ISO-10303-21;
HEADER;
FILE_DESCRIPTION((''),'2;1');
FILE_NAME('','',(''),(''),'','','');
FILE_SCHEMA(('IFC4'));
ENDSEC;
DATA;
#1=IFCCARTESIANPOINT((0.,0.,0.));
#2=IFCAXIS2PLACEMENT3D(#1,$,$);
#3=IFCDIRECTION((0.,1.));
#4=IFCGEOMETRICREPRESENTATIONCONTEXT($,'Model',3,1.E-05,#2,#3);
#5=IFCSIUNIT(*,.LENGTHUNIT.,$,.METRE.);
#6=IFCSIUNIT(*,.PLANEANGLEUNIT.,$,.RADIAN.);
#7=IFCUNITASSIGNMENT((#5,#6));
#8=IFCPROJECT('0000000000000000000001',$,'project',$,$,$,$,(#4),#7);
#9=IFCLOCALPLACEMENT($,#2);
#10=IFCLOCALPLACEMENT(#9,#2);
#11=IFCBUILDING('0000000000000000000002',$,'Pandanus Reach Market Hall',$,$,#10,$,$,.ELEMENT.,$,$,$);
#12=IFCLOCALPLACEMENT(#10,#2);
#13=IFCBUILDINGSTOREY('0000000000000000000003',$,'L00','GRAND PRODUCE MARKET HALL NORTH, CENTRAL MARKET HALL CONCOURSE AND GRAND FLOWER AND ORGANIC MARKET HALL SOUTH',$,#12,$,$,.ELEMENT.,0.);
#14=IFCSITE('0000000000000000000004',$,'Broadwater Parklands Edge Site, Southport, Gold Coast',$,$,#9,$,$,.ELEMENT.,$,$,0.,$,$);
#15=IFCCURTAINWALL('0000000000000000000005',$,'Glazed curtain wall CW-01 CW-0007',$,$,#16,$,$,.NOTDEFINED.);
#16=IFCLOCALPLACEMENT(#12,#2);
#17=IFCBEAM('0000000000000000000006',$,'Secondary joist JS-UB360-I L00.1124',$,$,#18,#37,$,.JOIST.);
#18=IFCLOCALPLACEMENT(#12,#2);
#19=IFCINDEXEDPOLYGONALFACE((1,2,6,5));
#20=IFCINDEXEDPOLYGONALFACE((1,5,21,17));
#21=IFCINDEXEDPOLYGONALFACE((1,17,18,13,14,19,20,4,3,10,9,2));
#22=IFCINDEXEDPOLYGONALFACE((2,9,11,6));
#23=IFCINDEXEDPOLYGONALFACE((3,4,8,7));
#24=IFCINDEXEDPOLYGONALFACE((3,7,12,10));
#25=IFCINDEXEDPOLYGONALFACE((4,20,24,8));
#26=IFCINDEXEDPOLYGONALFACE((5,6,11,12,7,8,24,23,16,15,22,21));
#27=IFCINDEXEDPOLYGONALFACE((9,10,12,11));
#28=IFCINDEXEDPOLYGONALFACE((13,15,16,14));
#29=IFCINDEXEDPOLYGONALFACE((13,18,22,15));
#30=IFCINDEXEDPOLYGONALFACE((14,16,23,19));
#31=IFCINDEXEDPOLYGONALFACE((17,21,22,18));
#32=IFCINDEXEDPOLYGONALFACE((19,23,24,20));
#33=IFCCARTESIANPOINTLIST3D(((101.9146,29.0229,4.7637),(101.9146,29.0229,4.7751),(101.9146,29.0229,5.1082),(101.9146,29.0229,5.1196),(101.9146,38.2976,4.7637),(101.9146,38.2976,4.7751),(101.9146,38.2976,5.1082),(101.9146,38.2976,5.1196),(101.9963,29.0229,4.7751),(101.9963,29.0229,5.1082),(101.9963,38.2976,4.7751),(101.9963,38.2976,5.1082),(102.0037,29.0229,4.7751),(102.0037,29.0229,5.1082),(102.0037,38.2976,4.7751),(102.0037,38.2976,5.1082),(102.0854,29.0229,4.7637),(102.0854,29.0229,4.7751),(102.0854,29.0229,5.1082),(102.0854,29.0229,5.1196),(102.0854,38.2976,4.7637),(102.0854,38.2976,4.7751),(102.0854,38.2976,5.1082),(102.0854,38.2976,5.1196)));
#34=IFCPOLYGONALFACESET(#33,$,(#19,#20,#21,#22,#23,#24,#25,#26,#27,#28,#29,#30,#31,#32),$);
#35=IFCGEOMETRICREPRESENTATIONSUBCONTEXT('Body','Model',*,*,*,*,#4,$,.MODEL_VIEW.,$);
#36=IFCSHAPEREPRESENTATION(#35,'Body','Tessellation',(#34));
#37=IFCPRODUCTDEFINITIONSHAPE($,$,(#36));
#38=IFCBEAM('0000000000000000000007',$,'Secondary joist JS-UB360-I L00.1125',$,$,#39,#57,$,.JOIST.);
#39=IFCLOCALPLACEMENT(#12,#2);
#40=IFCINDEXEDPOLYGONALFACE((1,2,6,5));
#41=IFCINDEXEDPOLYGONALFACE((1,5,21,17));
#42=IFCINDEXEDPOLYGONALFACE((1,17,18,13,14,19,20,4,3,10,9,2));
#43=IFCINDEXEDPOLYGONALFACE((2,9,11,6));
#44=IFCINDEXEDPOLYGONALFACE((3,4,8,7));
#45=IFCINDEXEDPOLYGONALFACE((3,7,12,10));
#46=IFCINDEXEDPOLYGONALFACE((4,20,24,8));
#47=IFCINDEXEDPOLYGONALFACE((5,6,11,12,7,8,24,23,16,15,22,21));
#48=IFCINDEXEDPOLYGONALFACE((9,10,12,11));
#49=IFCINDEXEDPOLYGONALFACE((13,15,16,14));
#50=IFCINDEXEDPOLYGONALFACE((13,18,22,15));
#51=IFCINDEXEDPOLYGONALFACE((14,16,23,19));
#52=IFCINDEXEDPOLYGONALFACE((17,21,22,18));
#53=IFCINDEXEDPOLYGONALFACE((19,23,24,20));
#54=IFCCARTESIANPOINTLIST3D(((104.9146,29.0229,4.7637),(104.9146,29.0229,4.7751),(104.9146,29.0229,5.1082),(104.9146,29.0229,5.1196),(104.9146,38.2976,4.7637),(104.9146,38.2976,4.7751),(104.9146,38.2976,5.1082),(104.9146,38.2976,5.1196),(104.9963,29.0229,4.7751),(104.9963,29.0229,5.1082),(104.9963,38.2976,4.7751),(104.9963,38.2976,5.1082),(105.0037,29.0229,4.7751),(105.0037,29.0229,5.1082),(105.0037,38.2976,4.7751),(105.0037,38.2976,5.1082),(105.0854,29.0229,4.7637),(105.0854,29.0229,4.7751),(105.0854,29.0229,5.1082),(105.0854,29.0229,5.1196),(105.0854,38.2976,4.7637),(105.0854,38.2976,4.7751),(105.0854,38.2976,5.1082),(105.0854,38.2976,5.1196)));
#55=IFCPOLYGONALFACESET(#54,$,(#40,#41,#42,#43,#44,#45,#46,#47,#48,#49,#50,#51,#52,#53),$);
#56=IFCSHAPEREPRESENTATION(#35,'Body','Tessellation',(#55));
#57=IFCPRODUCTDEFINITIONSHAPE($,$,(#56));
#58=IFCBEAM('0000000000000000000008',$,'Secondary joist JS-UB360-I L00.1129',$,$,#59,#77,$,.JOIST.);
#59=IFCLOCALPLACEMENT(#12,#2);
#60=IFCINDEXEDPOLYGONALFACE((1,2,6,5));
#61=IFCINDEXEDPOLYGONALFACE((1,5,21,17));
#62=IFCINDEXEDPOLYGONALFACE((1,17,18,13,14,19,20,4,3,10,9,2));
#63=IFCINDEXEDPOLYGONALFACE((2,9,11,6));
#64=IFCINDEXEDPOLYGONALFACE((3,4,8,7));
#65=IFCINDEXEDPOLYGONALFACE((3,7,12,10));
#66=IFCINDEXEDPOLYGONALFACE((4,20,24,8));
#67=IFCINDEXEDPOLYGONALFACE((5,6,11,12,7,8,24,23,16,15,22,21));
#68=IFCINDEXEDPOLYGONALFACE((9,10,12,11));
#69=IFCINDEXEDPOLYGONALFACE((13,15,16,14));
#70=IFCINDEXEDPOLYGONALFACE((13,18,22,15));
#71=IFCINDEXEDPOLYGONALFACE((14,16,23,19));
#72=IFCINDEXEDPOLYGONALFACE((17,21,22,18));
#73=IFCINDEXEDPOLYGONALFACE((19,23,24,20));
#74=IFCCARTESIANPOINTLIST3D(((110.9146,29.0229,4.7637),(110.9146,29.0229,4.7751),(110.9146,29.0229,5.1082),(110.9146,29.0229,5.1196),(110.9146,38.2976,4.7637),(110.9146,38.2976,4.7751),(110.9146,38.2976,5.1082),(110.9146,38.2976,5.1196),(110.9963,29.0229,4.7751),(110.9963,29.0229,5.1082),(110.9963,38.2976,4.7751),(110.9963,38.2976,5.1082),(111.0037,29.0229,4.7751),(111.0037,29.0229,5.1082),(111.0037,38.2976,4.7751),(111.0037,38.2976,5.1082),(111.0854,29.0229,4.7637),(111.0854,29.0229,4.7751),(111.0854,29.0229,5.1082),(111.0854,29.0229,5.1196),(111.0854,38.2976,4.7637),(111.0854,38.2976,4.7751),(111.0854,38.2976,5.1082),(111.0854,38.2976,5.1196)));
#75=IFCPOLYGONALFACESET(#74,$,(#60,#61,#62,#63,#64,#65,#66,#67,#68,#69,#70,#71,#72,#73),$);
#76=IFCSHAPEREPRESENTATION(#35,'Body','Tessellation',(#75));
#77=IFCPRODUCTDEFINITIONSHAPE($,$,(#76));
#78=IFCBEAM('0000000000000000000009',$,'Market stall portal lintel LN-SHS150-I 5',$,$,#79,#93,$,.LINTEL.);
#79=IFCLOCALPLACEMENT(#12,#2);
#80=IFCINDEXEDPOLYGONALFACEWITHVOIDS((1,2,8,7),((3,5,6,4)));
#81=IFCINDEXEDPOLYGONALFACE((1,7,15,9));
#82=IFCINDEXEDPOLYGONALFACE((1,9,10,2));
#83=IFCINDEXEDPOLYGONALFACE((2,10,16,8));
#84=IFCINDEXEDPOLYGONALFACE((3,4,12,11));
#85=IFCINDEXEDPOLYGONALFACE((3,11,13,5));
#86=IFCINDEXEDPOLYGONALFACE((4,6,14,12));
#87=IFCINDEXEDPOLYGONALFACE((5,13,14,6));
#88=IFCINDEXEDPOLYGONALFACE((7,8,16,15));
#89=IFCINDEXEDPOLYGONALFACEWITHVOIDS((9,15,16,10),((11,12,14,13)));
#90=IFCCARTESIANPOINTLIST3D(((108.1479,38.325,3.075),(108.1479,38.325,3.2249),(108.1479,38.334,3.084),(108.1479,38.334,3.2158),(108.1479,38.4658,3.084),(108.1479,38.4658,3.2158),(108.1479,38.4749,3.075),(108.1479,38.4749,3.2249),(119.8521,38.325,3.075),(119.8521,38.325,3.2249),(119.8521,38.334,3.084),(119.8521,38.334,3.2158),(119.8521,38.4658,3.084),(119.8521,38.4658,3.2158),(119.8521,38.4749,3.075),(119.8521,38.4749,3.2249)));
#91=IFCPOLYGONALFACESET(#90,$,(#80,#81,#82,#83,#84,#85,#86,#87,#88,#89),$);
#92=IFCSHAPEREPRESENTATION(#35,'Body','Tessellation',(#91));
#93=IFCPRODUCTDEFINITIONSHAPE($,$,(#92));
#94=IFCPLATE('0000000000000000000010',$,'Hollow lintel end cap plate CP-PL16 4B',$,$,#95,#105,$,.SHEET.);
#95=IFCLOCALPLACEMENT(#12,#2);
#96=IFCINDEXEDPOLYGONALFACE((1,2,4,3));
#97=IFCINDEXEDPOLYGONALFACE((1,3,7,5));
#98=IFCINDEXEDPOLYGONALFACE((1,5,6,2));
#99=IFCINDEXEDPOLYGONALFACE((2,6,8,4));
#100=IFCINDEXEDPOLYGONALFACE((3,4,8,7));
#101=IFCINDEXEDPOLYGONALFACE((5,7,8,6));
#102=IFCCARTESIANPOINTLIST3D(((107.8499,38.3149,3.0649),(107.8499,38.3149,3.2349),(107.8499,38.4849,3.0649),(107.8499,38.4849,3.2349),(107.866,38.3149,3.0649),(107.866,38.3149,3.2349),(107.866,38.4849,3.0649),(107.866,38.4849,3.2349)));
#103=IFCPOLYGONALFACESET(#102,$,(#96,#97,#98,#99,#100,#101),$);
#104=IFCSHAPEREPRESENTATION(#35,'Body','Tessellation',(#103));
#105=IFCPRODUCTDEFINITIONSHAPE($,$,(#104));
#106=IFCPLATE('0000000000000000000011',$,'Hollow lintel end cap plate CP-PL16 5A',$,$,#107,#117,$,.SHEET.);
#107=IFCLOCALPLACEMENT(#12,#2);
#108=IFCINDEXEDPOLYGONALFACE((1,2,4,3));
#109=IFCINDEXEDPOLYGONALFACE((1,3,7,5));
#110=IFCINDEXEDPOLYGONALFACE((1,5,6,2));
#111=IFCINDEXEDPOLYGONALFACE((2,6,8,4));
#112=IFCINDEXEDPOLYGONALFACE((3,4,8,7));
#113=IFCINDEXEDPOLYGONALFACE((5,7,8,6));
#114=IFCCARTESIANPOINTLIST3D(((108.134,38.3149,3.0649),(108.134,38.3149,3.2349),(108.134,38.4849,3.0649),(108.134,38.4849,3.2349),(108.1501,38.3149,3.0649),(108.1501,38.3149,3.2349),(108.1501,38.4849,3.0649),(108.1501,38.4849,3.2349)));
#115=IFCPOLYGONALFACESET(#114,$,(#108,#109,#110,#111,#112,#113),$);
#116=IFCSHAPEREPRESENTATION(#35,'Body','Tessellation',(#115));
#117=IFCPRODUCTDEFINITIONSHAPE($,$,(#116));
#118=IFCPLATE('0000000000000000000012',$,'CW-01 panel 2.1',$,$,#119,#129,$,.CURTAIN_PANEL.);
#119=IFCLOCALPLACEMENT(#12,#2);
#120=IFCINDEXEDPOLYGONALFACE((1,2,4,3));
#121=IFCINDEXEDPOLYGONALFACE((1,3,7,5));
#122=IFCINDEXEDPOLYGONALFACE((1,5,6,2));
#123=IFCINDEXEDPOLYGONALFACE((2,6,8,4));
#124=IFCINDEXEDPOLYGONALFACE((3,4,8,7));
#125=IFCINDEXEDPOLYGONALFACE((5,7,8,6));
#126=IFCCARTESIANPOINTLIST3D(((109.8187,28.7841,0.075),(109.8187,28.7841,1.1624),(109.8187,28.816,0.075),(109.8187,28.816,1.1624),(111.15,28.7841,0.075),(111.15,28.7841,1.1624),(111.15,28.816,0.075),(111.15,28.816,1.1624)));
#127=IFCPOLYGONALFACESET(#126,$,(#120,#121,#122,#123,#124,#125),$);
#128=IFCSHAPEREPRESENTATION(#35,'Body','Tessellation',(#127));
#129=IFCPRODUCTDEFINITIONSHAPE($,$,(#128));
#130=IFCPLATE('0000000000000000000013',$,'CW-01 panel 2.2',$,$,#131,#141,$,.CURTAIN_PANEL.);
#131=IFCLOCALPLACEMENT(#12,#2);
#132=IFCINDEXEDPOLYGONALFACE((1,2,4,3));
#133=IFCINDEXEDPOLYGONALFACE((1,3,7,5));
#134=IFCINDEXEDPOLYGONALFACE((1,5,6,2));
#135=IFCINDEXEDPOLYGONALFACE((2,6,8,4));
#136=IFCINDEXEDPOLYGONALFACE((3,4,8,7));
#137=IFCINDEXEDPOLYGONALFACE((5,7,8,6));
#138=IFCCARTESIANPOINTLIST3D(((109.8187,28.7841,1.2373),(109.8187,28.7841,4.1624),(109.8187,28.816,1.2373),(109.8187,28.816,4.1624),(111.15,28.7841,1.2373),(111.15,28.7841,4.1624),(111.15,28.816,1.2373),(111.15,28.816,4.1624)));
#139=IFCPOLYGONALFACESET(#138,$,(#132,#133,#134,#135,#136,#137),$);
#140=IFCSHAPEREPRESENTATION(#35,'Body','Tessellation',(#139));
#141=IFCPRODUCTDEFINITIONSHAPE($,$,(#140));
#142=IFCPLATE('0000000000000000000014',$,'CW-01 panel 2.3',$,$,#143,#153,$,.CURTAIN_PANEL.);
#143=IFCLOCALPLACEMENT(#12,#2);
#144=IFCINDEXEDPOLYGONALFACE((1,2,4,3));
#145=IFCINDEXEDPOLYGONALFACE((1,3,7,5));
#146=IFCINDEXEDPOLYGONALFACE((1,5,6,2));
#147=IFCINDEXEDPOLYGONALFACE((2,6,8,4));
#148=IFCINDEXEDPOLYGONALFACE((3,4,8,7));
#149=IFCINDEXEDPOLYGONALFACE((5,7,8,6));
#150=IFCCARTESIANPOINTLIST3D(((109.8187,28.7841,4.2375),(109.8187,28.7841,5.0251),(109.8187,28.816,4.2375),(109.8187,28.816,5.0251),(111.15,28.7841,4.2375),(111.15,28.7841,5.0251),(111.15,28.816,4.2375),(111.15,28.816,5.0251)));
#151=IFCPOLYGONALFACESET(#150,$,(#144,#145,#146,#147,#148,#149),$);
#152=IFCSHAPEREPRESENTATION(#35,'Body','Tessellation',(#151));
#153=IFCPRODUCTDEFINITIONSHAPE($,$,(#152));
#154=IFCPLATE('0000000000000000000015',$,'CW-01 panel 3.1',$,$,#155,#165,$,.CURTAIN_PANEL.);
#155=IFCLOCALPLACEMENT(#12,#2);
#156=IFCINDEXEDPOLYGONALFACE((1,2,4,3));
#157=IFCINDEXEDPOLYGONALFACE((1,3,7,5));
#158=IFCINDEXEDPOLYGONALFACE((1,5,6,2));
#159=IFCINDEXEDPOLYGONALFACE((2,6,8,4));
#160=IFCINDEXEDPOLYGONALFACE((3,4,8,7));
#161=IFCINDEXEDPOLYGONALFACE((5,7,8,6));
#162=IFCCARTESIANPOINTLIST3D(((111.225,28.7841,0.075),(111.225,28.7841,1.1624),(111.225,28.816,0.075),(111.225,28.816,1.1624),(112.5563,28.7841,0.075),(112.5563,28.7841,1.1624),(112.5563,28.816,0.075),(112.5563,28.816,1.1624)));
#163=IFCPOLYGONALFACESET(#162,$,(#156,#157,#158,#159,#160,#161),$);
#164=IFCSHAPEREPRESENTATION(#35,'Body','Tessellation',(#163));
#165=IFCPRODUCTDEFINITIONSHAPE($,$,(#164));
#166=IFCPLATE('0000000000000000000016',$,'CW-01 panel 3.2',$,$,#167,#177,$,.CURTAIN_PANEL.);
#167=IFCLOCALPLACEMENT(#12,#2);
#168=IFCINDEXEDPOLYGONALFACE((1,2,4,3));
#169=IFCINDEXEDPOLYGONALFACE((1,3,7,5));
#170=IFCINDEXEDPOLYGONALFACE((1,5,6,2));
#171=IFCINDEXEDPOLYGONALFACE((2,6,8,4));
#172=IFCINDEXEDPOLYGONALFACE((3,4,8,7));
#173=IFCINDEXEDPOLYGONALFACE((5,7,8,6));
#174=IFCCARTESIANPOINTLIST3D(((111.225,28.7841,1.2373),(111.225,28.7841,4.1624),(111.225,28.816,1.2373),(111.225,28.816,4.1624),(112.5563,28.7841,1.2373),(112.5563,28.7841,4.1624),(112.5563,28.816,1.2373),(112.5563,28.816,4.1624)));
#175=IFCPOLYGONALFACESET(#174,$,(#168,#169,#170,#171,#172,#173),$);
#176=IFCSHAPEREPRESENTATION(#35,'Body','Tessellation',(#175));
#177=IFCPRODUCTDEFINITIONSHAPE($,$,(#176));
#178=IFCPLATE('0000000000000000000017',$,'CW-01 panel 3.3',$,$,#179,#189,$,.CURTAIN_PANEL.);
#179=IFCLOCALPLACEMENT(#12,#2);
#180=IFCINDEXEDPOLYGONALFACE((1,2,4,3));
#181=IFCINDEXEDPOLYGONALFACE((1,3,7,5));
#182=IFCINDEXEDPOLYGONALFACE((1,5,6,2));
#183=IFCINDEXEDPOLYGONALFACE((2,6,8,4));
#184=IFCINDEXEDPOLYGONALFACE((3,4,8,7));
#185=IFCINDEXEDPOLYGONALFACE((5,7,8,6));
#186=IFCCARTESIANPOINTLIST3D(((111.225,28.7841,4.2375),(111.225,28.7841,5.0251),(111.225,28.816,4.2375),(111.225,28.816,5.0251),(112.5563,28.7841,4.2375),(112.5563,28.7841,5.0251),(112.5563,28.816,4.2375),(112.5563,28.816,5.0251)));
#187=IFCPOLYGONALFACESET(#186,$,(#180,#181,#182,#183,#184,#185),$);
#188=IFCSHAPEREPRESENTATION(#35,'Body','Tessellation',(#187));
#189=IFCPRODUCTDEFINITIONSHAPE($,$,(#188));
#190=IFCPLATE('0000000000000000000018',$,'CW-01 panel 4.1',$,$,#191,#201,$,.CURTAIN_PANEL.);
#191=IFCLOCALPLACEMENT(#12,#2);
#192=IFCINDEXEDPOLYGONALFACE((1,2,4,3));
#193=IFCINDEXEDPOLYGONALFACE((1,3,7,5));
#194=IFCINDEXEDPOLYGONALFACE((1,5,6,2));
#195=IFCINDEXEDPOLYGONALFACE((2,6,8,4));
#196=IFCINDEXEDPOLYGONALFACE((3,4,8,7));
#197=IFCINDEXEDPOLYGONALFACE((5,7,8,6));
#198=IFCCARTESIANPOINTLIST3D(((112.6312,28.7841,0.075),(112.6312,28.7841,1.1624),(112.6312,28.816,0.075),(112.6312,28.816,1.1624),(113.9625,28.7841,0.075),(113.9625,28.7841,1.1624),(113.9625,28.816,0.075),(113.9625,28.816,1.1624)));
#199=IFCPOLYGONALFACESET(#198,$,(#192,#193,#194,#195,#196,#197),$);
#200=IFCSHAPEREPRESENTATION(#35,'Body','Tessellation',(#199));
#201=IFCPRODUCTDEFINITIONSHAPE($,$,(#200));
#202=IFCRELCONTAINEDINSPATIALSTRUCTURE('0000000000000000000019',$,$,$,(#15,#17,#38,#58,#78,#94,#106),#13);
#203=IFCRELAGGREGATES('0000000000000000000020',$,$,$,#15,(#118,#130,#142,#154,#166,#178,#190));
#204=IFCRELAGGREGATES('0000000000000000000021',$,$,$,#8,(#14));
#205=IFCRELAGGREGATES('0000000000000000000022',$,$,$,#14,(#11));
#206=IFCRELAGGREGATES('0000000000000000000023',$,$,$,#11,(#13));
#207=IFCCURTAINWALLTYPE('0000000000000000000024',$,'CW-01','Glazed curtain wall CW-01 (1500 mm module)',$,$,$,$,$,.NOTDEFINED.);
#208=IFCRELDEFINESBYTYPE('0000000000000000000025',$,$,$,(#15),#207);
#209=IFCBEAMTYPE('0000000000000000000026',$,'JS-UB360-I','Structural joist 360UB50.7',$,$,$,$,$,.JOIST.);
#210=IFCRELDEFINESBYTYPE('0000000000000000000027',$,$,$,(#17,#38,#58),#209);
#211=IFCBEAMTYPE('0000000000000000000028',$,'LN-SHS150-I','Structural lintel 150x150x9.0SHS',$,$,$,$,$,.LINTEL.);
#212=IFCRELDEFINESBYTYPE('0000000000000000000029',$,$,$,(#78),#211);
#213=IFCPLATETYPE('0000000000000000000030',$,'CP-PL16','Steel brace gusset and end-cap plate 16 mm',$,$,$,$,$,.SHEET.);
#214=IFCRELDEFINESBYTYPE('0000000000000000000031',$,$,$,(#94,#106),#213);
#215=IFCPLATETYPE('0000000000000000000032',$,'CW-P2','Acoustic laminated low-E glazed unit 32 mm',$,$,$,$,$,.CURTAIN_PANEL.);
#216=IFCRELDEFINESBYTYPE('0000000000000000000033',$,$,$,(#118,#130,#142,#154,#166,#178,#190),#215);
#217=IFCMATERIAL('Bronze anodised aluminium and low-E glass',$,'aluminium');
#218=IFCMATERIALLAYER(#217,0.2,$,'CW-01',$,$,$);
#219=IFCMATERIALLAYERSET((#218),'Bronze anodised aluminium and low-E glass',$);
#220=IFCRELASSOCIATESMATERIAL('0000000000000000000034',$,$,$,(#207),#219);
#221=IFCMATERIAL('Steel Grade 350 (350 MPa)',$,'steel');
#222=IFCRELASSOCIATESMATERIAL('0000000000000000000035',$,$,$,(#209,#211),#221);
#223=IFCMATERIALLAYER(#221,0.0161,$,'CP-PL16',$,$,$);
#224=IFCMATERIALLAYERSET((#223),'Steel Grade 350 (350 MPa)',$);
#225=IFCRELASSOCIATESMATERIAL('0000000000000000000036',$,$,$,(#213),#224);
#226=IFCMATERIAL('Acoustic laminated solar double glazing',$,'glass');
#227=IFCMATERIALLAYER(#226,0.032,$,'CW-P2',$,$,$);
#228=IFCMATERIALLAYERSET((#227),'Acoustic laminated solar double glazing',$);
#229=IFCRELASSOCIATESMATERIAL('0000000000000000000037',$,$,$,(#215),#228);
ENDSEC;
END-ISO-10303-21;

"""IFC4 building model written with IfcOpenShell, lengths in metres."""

from ifc_helpers import new_model, si_unit, direction, frame, origin, origin_2d, place, context, subcontext, project, spatial, rectangle, hollow_rectangle, i_section, extrude, material, layer, layer_set, material_profile, profile_set, type_object, element, aggregate, save


model = new_model("IFC4")

# Units and contexts
model_context = context("Model", 3, precision=1e-05, world=origin(), true_north=direction((0.0, 1.0)))
body_context = subcontext(model_context, "Body", "Model", "MODEL_VIEW")
ifc_project = project(units=[si_unit("LENGTHUNIT", "METRE"), si_unit("PLANEANGLEUNIT", "RADIAN")], contexts=[model_context])

# Site, building, storey
site_placement = place(None, origin())
site = spatial("IfcSite", under=ifc_project, at=site_placement, Name="Broadwater Parklands Edge Site, Southport, Gold Coast", CompositionType="ELEMENT", RefElevation=0.0)
building_placement = place(site_placement, origin())
building = spatial("IfcBuilding", under=site, at=building_placement, Name="Pandanus Reach Market Hall", CompositionType="ELEMENT")
storey_placement = place(building_placement, origin())
storey = spatial("IfcBuildingStorey", under=building, at=storey_placement, Name="L00", Description="GRAND PRODUCE MARKET HALL NORTH, CENTRAL MARKET HALL CONCOURSE AND GRAND FLOWER AND ORGANIC MARKET HALL SOUTH", CompositionType="ELEMENT", Elevation=0.0)

# Shared definitions
ifc_material_1 = material(Name="Steel Grade 350 (350 MPa)", Category="steel")

# Curtain wall
ifc_material_2 = material(Name="Bronze anodised aluminium and low-E glass", Category="aluminium")
ifc_layer_1 = layer(ifc_material_2, 0.2, Name="CW-01")
ifc_layer_set_1 = layer_set([ifc_layer_1], Name="Bronze anodised aluminium and low-E glass")
curtain_wall_type = type_object("IfcCurtainWallType", Name="CW-01", Description="Glazed curtain wall CW-01 (1500 mm module)", PredefinedType="NOTDEFINED", material=ifc_layer_set_1)
curtain_wall_placement = place(storey_placement, origin())
curtain_wall = element("IfcCurtainWall", 1, at=curtain_wall_placement, inside=storey, type_object=curtain_wall_type, Name="Glazed curtain wall CW-01 CW-0007", PredefinedType="NOTDEFINED")

# Beams
ifc_material_profile_1 = material_profile(ifc_material_1, i_section(OverallWidth=0.1709, OverallDepth=0.356, WebThickness=0.0073, FlangeThickness=0.0115, at=origin_2d()), Name="360UB50.7", Category="LoadBearing")
ifc_profile_set_1 = profile_set([ifc_material_profile_1], Name="Steel Grade 350 (350 MPa)")
beam_type_1 = type_object("IfcBeamType", Name="JS-UB360-I", Description="Structural joist 360UB50.7", PredefinedType="JOIST", material=ifc_profile_set_1)
for number, where, z_axis, x_axis, name in (
    (2, (102.0, 29.0229, 4.9417), (0.0, 1.0, 0.0), (-1.0, 0.0, 0.0), "Secondary joist JS-UB360-I L00.1124"),
    (3, (105.0, 29.0229, 4.9417), (0.0, 1.0, 0.0), (-1.0, 0.0, 0.0), "Secondary joist JS-UB360-I L00.1125"),
    (4, (111.0, 29.0229, 4.9417), (0.0, 1.0, 0.0), (-1.0, 0.0, 0.0), "Secondary joist JS-UB360-I L00.1129"),
):
    element("IfcBeam", number, at=place(storey_placement, frame(where, z_axis=z_axis, x_axis=x_axis)), inside=storey, type_object=beam_type_1, Name=name, PredefinedType="JOIST", context=body_context, shape_type="SweptSolid", body=[
        extrude(i_section(OverallWidth=0.1709, OverallDepth=0.356, WebThickness=0.0073, FlangeThickness=0.0115, at=origin_2d()), origin(), (0.0, 0.0, 1.0), 9.2747),
    ])
ifc_material_profile_2 = material_profile(ifc_material_1, hollow_rectangle(XDim=0.1499, YDim=0.1499, WallThickness=0.009, at=origin_2d()), Name="150x150x9.0SHS", Category="LoadBearing")
ifc_profile_set_2 = profile_set([ifc_material_profile_2], Name="Steel Grade 350 (350 MPa)")
beam_type_2 = type_object("IfcBeamType", Name="LN-SHS150-I", Description="Structural lintel 150x150x9.0SHS", PredefinedType="LINTEL", material=ifc_profile_set_2)
beam_1_placement = place(storey_placement, frame((108.1479, 38.3999, 3.1499), z_axis=(1.0, 0.0, 0.0), x_axis=(0.0, 1.0, 0.0)))
element("IfcBeam", 5, at=beam_1_placement, inside=storey, type_object=beam_type_2, Name="Market stall portal lintel LN-SHS150-I 5", PredefinedType="LINTEL", context=body_context, shape_type="SweptSolid", body=[
    extrude(hollow_rectangle(XDim=0.1499, YDim=0.1499, WallThickness=0.009, at=origin_2d()), origin(), (0.0, 0.0, 1.0), 11.7041),
])

# Plates
ifc_layer_2 = layer(ifc_material_1, 0.0161, Name="CP-PL16")
ifc_layer_set_2 = layer_set([ifc_layer_2], Name="Steel Grade 350 (350 MPa)")
plate_type_1 = type_object("IfcPlateType", Name="CP-PL16", Description="Steel brace gusset and end-cap plate 16 mm", PredefinedType="SHEET", material=ifc_layer_set_2)
for number, where, z_axis, x_axis, name in (
    (6, (107.8579, 38.3999, 3.0649), (0.0, 0.0, 1.0), (1.0, 0.0, 0.0), "Hollow lintel end cap plate CP-PL16 4B"),
    (7, (108.1421, 38.3999, 3.0649), (0.0, 0.0, 1.0), (1.0, 0.0, 0.0), "Hollow lintel end cap plate CP-PL16 5A"),
):
    element("IfcPlate", number, at=place(storey_placement, frame(where, z_axis=z_axis, x_axis=x_axis)), inside=storey, type_object=plate_type_1, Name=name, PredefinedType="SHEET", context=body_context, shape_type="SweptSolid", body=[
        extrude(rectangle(XDim=0.0161, YDim=0.1699, at=origin_2d()), origin(), (0.0, 0.0, 1.0), 0.1699),
    ])

# Plates
ifc_material_3 = material(Name="Acoustic laminated solar double glazing", Category="glass")
ifc_layer_3 = layer(ifc_material_3, 0.032, Name="CW-P2")
ifc_layer_set_3 = layer_set([ifc_layer_3], Name="Acoustic laminated solar double glazing")
plate_type_2 = type_object("IfcPlateType", Name="CW-P2", Description="Acoustic laminated low-E glazed unit 32 mm", PredefinedType="CURTAIN_PANEL", material=ifc_layer_set_3)
plate_1_placement = place(storey_placement, frame((110.4844, 28.8, 0.075), z_axis=(0.0, 0.0, 1.0), x_axis=(1.0, 0.0, 0.0)))
plate_1 = element("IfcPlate", 8, at=plate_1_placement, type_object=plate_type_2, Name="CW-01 panel 2.1", PredefinedType="CURTAIN_PANEL", context=body_context, shape_type="SweptSolid", body=[
    extrude(rectangle(XDim=1.3313, YDim=0.032, at=origin_2d()), origin(), (0.0, 0.0, 1.0), 1.0874),
])
plate_2_placement = place(storey_placement, frame((110.4844, 28.8, 1.2373), z_axis=(0.0, 0.0, 1.0), x_axis=(1.0, 0.0, 0.0)))
plate_2 = element("IfcPlate", 9, at=plate_2_placement, type_object=plate_type_2, Name="CW-01 panel 2.2", PredefinedType="CURTAIN_PANEL", context=body_context, shape_type="SweptSolid", body=[
    extrude(rectangle(XDim=1.3313, YDim=0.032, at=origin_2d()), origin(), (0.0, 0.0, 1.0), 2.925),
])
plate_3_placement = place(storey_placement, frame((110.4844, 28.8, 4.2375), z_axis=(0.0, 0.0, 1.0), x_axis=(1.0, 0.0, 0.0)))
plate_3 = element("IfcPlate", 10, at=plate_3_placement, type_object=plate_type_2, Name="CW-01 panel 2.3", PredefinedType="CURTAIN_PANEL", context=body_context, shape_type="SweptSolid", body=[
    extrude(rectangle(XDim=1.3313, YDim=0.032, at=origin_2d()), origin(), (0.0, 0.0, 1.0), 0.7876),
])
plate_4_placement = place(storey_placement, frame((111.8906, 28.8, 0.075), z_axis=(0.0, 0.0, 1.0), x_axis=(1.0, 0.0, 0.0)))
plate_4 = element("IfcPlate", 11, at=plate_4_placement, type_object=plate_type_2, Name="CW-01 panel 3.1", PredefinedType="CURTAIN_PANEL", context=body_context, shape_type="SweptSolid", body=[
    extrude(rectangle(XDim=1.3313, YDim=0.032, at=origin_2d()), origin(), (0.0, 0.0, 1.0), 1.0874),
])
plate_5_placement = place(storey_placement, frame((111.8906, 28.8, 1.2373), z_axis=(0.0, 0.0, 1.0), x_axis=(1.0, 0.0, 0.0)))
plate_5 = element("IfcPlate", 12, at=plate_5_placement, type_object=plate_type_2, Name="CW-01 panel 3.2", PredefinedType="CURTAIN_PANEL", context=body_context, shape_type="SweptSolid", body=[
    extrude(rectangle(XDim=1.3313, YDim=0.032, at=origin_2d()), origin(), (0.0, 0.0, 1.0), 2.925),
])
plate_6_placement = place(storey_placement, frame((111.8906, 28.8, 4.2375), z_axis=(0.0, 0.0, 1.0), x_axis=(1.0, 0.0, 0.0)))
plate_6 = element("IfcPlate", 13, at=plate_6_placement, type_object=plate_type_2, Name="CW-01 panel 3.3", PredefinedType="CURTAIN_PANEL", context=body_context, shape_type="SweptSolid", body=[
    extrude(rectangle(XDim=1.3313, YDim=0.032, at=origin_2d()), origin(), (0.0, 0.0, 1.0), 0.7876),
])
plate_7_placement = place(storey_placement, frame((113.2969, 28.8, 0.075), z_axis=(0.0, 0.0, 1.0), x_axis=(1.0, 0.0, 0.0)))
plate_7 = element("IfcPlate", 14, at=plate_7_placement, type_object=plate_type_2, Name="CW-01 panel 4.1", PredefinedType="CURTAIN_PANEL", context=body_context, shape_type="SweptSolid", body=[
    extrude(rectangle(XDim=1.3313, YDim=0.032, at=origin_2d()), origin(), (0.0, 0.0, 1.0), 1.0874),
])
aggregate(curtain_wall, [plate_1, plate_2, plate_3, plate_4, plate_5, plate_6, plate_7])

save(model, "model.ifc")
